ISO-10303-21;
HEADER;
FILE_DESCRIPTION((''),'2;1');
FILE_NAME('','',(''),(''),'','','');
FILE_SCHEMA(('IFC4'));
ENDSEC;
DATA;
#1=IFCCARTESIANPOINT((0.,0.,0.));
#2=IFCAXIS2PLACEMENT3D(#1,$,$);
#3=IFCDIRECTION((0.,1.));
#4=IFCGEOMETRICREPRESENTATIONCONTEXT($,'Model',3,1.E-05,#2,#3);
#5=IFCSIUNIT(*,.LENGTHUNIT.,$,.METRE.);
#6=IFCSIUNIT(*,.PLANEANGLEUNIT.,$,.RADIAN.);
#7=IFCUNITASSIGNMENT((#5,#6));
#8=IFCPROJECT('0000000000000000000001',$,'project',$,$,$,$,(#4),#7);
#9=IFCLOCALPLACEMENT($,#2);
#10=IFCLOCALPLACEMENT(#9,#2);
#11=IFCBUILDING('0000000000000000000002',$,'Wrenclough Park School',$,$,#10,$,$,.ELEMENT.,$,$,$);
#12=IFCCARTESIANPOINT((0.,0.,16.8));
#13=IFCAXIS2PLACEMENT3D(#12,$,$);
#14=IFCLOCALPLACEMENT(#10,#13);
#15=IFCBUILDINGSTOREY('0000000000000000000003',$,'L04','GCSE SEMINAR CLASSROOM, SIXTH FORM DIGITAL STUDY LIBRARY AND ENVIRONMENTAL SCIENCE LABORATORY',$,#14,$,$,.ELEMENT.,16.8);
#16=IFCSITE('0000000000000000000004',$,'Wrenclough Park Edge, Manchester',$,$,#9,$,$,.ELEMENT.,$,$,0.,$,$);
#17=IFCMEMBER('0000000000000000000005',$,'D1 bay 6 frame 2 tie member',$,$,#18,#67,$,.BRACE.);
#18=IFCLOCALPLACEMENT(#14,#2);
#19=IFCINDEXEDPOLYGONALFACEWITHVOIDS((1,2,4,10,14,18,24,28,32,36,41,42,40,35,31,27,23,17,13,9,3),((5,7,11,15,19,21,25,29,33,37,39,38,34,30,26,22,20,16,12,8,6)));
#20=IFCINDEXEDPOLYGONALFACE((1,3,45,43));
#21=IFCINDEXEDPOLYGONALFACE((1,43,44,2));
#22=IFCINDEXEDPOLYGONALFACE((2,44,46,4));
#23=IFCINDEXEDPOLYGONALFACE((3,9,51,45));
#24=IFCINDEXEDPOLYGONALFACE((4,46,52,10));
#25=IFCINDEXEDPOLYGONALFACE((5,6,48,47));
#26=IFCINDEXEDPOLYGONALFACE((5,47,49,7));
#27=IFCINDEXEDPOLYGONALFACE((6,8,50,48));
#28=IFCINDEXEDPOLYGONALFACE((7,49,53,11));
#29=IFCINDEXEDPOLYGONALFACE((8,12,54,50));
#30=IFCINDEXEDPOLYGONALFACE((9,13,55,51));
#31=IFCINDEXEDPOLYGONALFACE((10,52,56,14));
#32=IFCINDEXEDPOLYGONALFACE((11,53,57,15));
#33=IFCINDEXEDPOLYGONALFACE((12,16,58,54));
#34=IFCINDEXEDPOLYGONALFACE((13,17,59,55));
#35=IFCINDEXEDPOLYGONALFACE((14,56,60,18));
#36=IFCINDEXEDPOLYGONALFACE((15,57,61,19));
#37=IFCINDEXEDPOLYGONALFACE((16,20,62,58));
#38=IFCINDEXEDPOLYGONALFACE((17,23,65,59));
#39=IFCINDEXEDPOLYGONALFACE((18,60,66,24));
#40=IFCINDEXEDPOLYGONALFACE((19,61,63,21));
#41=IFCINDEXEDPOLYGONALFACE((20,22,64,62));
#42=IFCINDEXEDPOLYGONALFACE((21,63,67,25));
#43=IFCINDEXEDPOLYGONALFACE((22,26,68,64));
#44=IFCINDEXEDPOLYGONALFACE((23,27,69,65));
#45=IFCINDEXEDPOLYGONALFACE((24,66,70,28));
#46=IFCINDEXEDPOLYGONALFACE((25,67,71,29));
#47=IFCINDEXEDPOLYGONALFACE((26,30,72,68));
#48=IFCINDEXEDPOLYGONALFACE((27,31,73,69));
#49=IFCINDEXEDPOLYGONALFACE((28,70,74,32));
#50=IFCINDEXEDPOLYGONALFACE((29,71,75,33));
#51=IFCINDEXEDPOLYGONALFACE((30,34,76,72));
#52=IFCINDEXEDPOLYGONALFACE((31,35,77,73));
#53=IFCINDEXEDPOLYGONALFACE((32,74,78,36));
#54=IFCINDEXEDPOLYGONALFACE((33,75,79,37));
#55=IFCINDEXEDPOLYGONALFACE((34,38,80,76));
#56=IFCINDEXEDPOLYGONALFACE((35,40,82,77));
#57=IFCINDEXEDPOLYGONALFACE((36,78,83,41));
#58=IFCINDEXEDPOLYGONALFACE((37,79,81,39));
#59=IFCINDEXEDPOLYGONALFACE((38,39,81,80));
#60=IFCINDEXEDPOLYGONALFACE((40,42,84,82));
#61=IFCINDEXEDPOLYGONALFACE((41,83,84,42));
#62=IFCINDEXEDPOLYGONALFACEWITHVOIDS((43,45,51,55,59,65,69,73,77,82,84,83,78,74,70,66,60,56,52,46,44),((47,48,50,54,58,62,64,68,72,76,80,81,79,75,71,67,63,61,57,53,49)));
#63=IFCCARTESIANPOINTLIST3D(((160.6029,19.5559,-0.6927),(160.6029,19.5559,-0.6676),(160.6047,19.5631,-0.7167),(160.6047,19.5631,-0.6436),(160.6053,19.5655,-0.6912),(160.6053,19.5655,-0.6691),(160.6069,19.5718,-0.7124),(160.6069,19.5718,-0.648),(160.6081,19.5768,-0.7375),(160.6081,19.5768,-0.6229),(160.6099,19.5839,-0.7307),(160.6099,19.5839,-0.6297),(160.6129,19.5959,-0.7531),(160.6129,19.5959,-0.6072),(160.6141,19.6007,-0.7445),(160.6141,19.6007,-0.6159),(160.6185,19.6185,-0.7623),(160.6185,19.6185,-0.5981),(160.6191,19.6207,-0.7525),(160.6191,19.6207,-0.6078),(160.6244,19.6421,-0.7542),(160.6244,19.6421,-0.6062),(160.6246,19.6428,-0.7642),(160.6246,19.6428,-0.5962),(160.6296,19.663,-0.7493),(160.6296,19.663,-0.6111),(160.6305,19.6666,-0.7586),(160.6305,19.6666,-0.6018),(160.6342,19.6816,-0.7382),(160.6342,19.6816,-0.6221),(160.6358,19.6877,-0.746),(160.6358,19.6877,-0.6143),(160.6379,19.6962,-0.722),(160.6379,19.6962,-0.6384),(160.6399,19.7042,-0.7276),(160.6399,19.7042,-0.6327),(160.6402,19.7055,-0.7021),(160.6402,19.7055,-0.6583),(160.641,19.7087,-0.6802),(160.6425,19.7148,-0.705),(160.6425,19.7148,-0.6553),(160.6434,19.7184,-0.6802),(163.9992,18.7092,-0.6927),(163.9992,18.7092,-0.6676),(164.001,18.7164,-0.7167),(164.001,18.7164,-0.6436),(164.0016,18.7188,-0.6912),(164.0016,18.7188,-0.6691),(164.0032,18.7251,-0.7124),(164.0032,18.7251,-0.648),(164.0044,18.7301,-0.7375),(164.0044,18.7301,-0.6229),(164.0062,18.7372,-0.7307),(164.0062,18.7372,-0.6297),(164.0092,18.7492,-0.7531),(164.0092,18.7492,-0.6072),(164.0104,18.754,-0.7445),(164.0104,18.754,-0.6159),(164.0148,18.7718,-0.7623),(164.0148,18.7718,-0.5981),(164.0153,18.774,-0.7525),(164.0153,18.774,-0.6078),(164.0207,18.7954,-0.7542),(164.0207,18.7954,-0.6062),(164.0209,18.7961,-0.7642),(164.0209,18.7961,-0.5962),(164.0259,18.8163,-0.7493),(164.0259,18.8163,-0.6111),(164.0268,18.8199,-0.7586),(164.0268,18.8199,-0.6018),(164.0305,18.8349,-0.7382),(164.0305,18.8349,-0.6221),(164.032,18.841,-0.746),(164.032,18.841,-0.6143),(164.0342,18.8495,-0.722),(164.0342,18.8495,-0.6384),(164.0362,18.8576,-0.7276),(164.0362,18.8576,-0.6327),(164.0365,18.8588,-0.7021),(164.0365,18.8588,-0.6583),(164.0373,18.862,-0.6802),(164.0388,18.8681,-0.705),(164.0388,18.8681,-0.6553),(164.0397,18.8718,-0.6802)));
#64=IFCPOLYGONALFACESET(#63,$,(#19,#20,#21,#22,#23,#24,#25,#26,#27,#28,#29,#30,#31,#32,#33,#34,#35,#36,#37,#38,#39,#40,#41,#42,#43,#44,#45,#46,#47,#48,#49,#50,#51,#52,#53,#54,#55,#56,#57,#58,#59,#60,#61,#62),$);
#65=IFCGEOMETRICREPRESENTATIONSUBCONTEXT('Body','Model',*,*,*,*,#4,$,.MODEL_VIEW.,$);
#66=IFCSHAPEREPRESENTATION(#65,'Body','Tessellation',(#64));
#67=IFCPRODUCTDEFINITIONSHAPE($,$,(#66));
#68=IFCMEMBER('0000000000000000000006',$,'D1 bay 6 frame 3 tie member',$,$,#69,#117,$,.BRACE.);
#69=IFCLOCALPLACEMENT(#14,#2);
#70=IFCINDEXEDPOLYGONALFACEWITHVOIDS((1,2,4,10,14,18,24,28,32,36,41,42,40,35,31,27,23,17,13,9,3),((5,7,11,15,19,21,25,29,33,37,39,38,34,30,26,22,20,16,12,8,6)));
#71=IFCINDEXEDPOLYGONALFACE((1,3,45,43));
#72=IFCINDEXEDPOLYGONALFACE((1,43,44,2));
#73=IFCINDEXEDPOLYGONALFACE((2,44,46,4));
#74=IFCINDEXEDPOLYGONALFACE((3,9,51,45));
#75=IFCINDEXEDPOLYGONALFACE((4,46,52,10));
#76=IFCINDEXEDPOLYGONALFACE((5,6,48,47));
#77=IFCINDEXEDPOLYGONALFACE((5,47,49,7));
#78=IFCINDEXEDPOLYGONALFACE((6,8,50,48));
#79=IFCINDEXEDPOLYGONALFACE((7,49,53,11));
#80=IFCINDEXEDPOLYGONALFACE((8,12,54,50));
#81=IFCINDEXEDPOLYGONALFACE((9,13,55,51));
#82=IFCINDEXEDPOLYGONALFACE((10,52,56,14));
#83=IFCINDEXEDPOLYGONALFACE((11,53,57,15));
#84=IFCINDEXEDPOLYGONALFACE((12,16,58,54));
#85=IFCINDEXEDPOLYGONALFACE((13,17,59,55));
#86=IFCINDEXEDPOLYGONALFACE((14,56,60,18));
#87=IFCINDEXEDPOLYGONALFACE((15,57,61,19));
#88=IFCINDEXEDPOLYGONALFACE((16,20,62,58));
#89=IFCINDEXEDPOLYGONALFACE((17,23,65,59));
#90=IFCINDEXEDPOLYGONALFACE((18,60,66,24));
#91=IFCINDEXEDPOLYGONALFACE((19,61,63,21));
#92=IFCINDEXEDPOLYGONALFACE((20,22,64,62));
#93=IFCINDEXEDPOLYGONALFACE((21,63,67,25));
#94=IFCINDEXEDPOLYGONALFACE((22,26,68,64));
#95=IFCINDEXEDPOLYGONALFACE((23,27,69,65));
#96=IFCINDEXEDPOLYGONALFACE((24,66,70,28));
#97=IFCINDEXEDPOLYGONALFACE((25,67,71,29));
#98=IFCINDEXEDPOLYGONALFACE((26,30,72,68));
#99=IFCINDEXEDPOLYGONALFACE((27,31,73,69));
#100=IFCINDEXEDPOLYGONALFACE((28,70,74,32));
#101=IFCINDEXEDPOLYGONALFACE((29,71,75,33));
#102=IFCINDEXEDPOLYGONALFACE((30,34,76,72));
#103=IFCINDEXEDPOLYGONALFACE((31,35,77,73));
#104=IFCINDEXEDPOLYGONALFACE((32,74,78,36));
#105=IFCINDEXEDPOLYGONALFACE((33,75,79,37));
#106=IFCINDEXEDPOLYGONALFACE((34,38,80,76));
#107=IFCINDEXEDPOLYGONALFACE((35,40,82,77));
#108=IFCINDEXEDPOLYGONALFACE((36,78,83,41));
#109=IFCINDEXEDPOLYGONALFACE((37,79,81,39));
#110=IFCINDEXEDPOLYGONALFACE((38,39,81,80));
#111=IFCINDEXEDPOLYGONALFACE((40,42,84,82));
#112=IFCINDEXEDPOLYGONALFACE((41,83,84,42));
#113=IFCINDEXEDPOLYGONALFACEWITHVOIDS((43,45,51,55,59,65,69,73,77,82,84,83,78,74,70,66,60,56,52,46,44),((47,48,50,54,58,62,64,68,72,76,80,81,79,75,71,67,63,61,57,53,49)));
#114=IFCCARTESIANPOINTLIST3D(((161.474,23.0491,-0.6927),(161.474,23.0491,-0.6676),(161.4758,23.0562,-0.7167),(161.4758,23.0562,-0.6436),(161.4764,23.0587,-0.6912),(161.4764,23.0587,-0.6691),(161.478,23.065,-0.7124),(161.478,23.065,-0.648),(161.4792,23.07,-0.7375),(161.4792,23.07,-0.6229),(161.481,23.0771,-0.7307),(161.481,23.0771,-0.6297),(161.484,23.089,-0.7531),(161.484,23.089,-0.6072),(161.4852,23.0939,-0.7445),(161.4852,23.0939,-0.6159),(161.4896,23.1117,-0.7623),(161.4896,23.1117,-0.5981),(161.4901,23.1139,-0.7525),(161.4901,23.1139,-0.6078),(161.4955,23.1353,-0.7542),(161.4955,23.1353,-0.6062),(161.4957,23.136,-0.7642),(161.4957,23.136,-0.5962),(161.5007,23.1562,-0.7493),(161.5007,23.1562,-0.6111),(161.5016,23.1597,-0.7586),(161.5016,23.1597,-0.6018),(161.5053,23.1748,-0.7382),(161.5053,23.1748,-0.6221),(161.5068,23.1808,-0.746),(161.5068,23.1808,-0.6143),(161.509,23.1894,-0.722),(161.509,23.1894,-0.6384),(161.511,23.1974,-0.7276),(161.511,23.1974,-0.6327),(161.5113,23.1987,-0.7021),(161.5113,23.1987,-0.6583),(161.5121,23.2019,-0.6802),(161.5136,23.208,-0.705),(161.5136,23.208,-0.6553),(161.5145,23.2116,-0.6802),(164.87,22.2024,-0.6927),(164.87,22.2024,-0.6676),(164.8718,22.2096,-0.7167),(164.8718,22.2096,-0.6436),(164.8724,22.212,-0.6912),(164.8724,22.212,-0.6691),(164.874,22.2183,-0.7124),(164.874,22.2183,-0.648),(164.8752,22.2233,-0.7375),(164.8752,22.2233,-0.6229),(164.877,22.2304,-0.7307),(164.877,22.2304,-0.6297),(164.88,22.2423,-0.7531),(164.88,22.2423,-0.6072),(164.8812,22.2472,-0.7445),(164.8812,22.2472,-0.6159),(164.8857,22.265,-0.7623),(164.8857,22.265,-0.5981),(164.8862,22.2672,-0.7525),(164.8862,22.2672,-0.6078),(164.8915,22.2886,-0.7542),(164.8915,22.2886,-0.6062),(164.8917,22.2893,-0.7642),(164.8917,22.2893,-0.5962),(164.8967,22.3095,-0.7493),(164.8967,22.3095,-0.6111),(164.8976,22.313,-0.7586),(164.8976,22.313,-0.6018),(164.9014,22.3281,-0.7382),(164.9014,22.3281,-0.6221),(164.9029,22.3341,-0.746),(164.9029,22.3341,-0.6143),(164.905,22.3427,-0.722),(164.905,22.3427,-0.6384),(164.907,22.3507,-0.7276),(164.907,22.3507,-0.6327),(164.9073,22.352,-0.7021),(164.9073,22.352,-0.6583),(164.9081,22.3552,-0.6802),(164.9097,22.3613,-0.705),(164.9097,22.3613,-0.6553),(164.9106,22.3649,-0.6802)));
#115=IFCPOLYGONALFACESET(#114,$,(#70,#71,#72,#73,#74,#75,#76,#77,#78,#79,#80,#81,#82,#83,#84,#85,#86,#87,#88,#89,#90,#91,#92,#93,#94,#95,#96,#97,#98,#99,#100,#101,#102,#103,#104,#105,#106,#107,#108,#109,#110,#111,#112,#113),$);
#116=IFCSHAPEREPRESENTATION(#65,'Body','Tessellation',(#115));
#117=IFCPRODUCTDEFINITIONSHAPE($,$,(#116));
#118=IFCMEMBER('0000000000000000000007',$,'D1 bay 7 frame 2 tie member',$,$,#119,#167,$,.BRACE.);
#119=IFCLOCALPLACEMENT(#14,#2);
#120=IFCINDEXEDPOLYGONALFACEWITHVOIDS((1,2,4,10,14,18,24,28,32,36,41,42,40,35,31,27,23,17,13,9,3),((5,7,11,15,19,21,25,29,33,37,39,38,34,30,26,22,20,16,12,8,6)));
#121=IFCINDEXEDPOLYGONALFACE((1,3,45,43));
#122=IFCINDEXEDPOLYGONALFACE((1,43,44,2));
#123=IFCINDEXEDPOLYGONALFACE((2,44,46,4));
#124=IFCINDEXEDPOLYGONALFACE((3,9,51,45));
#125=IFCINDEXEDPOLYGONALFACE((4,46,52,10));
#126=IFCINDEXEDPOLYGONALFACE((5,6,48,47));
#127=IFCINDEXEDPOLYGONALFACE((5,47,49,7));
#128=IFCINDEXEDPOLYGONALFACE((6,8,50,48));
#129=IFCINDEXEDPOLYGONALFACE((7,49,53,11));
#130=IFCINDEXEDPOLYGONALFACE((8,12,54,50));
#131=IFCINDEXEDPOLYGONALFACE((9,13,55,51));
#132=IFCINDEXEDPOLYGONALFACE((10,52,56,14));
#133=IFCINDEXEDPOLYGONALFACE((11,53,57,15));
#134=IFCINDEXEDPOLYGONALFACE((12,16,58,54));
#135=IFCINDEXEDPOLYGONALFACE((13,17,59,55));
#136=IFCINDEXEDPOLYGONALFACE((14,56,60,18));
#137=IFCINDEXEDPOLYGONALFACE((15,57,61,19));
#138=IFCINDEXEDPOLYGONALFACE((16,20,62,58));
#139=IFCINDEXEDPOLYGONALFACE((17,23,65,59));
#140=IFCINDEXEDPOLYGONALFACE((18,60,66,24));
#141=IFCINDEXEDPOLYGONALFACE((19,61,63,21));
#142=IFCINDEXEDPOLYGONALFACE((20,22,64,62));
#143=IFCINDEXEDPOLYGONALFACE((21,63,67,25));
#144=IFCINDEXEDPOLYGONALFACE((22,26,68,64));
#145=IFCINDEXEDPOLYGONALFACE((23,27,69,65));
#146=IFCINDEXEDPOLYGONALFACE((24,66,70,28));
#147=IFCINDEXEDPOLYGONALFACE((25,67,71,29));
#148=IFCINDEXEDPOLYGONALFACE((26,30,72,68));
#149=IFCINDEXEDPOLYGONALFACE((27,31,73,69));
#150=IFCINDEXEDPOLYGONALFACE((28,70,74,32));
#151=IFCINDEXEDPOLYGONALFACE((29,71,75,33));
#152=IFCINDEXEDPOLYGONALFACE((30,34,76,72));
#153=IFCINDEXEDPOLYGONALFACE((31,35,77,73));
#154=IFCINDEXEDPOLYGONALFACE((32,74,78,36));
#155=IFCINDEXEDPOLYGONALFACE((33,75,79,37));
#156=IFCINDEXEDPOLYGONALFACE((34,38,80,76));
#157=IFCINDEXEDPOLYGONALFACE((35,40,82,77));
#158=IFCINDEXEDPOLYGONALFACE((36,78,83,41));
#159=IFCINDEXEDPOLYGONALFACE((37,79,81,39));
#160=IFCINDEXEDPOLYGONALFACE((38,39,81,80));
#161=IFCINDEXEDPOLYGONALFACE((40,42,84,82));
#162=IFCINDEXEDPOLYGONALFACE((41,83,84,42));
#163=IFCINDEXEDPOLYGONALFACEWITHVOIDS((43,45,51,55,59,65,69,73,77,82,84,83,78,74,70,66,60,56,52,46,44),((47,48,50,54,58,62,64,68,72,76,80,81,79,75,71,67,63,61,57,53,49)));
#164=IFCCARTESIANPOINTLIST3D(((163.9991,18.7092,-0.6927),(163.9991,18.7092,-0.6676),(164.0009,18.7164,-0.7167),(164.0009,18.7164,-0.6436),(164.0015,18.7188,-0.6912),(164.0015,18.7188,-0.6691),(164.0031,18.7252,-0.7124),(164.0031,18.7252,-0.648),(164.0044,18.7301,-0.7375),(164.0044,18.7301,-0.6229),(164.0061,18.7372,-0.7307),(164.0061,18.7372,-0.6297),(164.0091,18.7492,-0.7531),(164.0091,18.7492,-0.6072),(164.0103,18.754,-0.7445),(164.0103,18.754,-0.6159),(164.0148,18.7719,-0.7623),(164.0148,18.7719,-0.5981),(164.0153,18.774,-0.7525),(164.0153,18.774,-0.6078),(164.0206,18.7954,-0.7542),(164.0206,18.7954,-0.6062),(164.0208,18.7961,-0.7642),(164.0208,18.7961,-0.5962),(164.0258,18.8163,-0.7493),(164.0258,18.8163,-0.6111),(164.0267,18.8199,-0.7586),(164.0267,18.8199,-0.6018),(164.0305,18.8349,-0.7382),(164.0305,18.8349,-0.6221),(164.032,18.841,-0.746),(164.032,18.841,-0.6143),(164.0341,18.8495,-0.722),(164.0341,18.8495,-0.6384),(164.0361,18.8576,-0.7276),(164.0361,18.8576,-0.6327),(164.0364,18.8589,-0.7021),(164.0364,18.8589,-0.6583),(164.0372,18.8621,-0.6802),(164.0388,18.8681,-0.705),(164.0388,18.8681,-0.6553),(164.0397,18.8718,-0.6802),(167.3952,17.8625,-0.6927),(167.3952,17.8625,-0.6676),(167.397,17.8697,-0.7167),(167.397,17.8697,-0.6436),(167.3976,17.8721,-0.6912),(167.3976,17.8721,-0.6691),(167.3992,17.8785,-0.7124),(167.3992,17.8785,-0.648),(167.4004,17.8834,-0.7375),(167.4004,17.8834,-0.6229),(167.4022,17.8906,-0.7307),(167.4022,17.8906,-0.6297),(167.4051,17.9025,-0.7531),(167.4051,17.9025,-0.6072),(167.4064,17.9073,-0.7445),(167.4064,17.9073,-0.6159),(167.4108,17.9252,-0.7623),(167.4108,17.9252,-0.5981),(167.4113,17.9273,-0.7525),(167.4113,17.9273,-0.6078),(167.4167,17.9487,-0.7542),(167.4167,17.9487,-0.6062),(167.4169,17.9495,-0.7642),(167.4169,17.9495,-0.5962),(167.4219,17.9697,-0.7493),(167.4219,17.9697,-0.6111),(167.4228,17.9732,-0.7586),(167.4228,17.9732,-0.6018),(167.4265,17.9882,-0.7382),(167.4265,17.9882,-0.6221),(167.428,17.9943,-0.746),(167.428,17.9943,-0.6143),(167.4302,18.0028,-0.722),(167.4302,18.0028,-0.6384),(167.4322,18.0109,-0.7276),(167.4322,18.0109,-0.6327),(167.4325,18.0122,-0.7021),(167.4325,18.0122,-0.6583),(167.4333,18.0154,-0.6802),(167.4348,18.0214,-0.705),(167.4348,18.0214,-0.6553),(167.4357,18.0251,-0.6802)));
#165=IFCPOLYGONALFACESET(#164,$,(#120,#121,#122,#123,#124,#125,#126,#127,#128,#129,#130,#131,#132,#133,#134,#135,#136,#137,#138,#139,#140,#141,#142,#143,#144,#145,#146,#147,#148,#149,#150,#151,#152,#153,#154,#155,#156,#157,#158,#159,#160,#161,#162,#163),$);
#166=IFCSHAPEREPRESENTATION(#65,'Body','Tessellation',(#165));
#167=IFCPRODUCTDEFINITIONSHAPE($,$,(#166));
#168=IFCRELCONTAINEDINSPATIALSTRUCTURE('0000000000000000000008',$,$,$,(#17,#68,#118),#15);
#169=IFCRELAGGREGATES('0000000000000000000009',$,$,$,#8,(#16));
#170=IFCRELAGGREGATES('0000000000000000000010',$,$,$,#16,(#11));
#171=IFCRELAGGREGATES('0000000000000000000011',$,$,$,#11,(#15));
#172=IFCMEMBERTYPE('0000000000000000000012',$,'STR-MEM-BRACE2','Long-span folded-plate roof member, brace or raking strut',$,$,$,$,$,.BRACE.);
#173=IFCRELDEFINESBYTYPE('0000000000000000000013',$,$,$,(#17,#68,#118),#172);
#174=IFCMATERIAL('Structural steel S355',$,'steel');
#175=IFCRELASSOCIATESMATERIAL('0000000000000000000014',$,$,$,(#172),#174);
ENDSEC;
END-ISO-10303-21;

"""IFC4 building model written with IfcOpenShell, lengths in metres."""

from ifc_helpers import new_model, si_unit, direction, frame, origin, origin_2d, place, context, subcontext, project, spatial, hollow_circle, extrude, material, material_profile, profile_set, type_object, element, save


model = new_model("IFC4")

# Units and contexts
model_context = context("Model", 3, precision=1e-05, world=origin(), true_north=direction((0.0, 1.0)))
body_context = subcontext(model_context, "Body", "Model", "MODEL_VIEW")
ifc_project = project(units=[si_unit("LENGTHUNIT", "METRE"), si_unit("PLANEANGLEUNIT", "RADIAN")], contexts=[model_context])

# Site, building, storey
site_placement = place(None, origin())
site = spatial("IfcSite", under=ifc_project, at=site_placement, Name="Wrenclough Park Edge, Manchester", CompositionType="ELEMENT", RefElevation=0.0)
building_placement = place(site_placement, origin())
building = spatial("IfcBuilding", under=site, at=building_placement, Name="Wrenclough Park School", CompositionType="ELEMENT")
storey_placement = place(building_placement, frame((0.0, 0.0, 16.8)))
storey = spatial("IfcBuildingStorey", under=building, at=storey_placement, Name="L04", Description="GCSE SEMINAR CLASSROOM, SIXTH FORM DIGITAL STUDY LIBRARY AND ENVIRONMENTAL SCIENCE LABORATORY", CompositionType="ELEMENT", Elevation=16.8)

# Members
ifc_material = material(Name="Structural steel S355", Category="steel")
ifc_material_profile_1 = material_profile(ifc_material, hollow_circle(Radius=0.0842, WallThickness=0.01, at=origin_2d()), Name="CHS 168.3x10.0")
ifc_profile_set_1 = profile_set([ifc_material_profile_1], Name="Structural steel S355")
member_type_1 = type_object("IfcMemberType", Name="STR-MEM-BRACE2", Description="Long-span folded-plate roof member, brace or raking strut", PredefinedType="BRACE", material=ifc_profile_set_1)
member_placement = place(storey_placement, frame((160.623, 19.6367, -0.6802), z_axis=(0.970302, -0.241896, 0.0), x_axis=(0.241896, 0.970302, 0.0)))
element("IfcMember", 1, at=member_placement, inside=storey, type_object=member_type_1, Name="D1 bay 6 frame 2 tie member", PredefinedType="BRACE", context=body_context, shape_type="SweptSolid", body=[
    extrude(hollow_circle(Radius=0.0842, WallThickness=0.01, at=origin_2d()), origin(), (0.0, 0.0, 1.0), 3.5002),
])
for number, where, z_axis, x_axis, name in (
    (2, (161.4941, 23.1299, -0.6802), (0.970298, -0.241912, 0.0), (0.241912, 0.970298, 0.0), "D1 bay 6 frame 3 tie member"),
    (3, (164.0193, 18.79, -0.6802), (0.970298, -0.241912, 0.0), (0.241912, 0.970298, 0.0), "D1 bay 7 frame 2 tie member"),
):
    element("IfcMember", number, at=place(storey_placement, frame(where, z_axis=z_axis, x_axis=x_axis)), inside=storey, type_object=member_type_1, Name=name, PredefinedType="BRACE", context=body_context, shape_type="SweptSolid", body=[
        extrude(hollow_circle(Radius=0.0842, WallThickness=0.01, at=origin_2d()), origin(), (0.0, 0.0, 1.0), 3.5),
    ])

save(model, "model.ifc")
